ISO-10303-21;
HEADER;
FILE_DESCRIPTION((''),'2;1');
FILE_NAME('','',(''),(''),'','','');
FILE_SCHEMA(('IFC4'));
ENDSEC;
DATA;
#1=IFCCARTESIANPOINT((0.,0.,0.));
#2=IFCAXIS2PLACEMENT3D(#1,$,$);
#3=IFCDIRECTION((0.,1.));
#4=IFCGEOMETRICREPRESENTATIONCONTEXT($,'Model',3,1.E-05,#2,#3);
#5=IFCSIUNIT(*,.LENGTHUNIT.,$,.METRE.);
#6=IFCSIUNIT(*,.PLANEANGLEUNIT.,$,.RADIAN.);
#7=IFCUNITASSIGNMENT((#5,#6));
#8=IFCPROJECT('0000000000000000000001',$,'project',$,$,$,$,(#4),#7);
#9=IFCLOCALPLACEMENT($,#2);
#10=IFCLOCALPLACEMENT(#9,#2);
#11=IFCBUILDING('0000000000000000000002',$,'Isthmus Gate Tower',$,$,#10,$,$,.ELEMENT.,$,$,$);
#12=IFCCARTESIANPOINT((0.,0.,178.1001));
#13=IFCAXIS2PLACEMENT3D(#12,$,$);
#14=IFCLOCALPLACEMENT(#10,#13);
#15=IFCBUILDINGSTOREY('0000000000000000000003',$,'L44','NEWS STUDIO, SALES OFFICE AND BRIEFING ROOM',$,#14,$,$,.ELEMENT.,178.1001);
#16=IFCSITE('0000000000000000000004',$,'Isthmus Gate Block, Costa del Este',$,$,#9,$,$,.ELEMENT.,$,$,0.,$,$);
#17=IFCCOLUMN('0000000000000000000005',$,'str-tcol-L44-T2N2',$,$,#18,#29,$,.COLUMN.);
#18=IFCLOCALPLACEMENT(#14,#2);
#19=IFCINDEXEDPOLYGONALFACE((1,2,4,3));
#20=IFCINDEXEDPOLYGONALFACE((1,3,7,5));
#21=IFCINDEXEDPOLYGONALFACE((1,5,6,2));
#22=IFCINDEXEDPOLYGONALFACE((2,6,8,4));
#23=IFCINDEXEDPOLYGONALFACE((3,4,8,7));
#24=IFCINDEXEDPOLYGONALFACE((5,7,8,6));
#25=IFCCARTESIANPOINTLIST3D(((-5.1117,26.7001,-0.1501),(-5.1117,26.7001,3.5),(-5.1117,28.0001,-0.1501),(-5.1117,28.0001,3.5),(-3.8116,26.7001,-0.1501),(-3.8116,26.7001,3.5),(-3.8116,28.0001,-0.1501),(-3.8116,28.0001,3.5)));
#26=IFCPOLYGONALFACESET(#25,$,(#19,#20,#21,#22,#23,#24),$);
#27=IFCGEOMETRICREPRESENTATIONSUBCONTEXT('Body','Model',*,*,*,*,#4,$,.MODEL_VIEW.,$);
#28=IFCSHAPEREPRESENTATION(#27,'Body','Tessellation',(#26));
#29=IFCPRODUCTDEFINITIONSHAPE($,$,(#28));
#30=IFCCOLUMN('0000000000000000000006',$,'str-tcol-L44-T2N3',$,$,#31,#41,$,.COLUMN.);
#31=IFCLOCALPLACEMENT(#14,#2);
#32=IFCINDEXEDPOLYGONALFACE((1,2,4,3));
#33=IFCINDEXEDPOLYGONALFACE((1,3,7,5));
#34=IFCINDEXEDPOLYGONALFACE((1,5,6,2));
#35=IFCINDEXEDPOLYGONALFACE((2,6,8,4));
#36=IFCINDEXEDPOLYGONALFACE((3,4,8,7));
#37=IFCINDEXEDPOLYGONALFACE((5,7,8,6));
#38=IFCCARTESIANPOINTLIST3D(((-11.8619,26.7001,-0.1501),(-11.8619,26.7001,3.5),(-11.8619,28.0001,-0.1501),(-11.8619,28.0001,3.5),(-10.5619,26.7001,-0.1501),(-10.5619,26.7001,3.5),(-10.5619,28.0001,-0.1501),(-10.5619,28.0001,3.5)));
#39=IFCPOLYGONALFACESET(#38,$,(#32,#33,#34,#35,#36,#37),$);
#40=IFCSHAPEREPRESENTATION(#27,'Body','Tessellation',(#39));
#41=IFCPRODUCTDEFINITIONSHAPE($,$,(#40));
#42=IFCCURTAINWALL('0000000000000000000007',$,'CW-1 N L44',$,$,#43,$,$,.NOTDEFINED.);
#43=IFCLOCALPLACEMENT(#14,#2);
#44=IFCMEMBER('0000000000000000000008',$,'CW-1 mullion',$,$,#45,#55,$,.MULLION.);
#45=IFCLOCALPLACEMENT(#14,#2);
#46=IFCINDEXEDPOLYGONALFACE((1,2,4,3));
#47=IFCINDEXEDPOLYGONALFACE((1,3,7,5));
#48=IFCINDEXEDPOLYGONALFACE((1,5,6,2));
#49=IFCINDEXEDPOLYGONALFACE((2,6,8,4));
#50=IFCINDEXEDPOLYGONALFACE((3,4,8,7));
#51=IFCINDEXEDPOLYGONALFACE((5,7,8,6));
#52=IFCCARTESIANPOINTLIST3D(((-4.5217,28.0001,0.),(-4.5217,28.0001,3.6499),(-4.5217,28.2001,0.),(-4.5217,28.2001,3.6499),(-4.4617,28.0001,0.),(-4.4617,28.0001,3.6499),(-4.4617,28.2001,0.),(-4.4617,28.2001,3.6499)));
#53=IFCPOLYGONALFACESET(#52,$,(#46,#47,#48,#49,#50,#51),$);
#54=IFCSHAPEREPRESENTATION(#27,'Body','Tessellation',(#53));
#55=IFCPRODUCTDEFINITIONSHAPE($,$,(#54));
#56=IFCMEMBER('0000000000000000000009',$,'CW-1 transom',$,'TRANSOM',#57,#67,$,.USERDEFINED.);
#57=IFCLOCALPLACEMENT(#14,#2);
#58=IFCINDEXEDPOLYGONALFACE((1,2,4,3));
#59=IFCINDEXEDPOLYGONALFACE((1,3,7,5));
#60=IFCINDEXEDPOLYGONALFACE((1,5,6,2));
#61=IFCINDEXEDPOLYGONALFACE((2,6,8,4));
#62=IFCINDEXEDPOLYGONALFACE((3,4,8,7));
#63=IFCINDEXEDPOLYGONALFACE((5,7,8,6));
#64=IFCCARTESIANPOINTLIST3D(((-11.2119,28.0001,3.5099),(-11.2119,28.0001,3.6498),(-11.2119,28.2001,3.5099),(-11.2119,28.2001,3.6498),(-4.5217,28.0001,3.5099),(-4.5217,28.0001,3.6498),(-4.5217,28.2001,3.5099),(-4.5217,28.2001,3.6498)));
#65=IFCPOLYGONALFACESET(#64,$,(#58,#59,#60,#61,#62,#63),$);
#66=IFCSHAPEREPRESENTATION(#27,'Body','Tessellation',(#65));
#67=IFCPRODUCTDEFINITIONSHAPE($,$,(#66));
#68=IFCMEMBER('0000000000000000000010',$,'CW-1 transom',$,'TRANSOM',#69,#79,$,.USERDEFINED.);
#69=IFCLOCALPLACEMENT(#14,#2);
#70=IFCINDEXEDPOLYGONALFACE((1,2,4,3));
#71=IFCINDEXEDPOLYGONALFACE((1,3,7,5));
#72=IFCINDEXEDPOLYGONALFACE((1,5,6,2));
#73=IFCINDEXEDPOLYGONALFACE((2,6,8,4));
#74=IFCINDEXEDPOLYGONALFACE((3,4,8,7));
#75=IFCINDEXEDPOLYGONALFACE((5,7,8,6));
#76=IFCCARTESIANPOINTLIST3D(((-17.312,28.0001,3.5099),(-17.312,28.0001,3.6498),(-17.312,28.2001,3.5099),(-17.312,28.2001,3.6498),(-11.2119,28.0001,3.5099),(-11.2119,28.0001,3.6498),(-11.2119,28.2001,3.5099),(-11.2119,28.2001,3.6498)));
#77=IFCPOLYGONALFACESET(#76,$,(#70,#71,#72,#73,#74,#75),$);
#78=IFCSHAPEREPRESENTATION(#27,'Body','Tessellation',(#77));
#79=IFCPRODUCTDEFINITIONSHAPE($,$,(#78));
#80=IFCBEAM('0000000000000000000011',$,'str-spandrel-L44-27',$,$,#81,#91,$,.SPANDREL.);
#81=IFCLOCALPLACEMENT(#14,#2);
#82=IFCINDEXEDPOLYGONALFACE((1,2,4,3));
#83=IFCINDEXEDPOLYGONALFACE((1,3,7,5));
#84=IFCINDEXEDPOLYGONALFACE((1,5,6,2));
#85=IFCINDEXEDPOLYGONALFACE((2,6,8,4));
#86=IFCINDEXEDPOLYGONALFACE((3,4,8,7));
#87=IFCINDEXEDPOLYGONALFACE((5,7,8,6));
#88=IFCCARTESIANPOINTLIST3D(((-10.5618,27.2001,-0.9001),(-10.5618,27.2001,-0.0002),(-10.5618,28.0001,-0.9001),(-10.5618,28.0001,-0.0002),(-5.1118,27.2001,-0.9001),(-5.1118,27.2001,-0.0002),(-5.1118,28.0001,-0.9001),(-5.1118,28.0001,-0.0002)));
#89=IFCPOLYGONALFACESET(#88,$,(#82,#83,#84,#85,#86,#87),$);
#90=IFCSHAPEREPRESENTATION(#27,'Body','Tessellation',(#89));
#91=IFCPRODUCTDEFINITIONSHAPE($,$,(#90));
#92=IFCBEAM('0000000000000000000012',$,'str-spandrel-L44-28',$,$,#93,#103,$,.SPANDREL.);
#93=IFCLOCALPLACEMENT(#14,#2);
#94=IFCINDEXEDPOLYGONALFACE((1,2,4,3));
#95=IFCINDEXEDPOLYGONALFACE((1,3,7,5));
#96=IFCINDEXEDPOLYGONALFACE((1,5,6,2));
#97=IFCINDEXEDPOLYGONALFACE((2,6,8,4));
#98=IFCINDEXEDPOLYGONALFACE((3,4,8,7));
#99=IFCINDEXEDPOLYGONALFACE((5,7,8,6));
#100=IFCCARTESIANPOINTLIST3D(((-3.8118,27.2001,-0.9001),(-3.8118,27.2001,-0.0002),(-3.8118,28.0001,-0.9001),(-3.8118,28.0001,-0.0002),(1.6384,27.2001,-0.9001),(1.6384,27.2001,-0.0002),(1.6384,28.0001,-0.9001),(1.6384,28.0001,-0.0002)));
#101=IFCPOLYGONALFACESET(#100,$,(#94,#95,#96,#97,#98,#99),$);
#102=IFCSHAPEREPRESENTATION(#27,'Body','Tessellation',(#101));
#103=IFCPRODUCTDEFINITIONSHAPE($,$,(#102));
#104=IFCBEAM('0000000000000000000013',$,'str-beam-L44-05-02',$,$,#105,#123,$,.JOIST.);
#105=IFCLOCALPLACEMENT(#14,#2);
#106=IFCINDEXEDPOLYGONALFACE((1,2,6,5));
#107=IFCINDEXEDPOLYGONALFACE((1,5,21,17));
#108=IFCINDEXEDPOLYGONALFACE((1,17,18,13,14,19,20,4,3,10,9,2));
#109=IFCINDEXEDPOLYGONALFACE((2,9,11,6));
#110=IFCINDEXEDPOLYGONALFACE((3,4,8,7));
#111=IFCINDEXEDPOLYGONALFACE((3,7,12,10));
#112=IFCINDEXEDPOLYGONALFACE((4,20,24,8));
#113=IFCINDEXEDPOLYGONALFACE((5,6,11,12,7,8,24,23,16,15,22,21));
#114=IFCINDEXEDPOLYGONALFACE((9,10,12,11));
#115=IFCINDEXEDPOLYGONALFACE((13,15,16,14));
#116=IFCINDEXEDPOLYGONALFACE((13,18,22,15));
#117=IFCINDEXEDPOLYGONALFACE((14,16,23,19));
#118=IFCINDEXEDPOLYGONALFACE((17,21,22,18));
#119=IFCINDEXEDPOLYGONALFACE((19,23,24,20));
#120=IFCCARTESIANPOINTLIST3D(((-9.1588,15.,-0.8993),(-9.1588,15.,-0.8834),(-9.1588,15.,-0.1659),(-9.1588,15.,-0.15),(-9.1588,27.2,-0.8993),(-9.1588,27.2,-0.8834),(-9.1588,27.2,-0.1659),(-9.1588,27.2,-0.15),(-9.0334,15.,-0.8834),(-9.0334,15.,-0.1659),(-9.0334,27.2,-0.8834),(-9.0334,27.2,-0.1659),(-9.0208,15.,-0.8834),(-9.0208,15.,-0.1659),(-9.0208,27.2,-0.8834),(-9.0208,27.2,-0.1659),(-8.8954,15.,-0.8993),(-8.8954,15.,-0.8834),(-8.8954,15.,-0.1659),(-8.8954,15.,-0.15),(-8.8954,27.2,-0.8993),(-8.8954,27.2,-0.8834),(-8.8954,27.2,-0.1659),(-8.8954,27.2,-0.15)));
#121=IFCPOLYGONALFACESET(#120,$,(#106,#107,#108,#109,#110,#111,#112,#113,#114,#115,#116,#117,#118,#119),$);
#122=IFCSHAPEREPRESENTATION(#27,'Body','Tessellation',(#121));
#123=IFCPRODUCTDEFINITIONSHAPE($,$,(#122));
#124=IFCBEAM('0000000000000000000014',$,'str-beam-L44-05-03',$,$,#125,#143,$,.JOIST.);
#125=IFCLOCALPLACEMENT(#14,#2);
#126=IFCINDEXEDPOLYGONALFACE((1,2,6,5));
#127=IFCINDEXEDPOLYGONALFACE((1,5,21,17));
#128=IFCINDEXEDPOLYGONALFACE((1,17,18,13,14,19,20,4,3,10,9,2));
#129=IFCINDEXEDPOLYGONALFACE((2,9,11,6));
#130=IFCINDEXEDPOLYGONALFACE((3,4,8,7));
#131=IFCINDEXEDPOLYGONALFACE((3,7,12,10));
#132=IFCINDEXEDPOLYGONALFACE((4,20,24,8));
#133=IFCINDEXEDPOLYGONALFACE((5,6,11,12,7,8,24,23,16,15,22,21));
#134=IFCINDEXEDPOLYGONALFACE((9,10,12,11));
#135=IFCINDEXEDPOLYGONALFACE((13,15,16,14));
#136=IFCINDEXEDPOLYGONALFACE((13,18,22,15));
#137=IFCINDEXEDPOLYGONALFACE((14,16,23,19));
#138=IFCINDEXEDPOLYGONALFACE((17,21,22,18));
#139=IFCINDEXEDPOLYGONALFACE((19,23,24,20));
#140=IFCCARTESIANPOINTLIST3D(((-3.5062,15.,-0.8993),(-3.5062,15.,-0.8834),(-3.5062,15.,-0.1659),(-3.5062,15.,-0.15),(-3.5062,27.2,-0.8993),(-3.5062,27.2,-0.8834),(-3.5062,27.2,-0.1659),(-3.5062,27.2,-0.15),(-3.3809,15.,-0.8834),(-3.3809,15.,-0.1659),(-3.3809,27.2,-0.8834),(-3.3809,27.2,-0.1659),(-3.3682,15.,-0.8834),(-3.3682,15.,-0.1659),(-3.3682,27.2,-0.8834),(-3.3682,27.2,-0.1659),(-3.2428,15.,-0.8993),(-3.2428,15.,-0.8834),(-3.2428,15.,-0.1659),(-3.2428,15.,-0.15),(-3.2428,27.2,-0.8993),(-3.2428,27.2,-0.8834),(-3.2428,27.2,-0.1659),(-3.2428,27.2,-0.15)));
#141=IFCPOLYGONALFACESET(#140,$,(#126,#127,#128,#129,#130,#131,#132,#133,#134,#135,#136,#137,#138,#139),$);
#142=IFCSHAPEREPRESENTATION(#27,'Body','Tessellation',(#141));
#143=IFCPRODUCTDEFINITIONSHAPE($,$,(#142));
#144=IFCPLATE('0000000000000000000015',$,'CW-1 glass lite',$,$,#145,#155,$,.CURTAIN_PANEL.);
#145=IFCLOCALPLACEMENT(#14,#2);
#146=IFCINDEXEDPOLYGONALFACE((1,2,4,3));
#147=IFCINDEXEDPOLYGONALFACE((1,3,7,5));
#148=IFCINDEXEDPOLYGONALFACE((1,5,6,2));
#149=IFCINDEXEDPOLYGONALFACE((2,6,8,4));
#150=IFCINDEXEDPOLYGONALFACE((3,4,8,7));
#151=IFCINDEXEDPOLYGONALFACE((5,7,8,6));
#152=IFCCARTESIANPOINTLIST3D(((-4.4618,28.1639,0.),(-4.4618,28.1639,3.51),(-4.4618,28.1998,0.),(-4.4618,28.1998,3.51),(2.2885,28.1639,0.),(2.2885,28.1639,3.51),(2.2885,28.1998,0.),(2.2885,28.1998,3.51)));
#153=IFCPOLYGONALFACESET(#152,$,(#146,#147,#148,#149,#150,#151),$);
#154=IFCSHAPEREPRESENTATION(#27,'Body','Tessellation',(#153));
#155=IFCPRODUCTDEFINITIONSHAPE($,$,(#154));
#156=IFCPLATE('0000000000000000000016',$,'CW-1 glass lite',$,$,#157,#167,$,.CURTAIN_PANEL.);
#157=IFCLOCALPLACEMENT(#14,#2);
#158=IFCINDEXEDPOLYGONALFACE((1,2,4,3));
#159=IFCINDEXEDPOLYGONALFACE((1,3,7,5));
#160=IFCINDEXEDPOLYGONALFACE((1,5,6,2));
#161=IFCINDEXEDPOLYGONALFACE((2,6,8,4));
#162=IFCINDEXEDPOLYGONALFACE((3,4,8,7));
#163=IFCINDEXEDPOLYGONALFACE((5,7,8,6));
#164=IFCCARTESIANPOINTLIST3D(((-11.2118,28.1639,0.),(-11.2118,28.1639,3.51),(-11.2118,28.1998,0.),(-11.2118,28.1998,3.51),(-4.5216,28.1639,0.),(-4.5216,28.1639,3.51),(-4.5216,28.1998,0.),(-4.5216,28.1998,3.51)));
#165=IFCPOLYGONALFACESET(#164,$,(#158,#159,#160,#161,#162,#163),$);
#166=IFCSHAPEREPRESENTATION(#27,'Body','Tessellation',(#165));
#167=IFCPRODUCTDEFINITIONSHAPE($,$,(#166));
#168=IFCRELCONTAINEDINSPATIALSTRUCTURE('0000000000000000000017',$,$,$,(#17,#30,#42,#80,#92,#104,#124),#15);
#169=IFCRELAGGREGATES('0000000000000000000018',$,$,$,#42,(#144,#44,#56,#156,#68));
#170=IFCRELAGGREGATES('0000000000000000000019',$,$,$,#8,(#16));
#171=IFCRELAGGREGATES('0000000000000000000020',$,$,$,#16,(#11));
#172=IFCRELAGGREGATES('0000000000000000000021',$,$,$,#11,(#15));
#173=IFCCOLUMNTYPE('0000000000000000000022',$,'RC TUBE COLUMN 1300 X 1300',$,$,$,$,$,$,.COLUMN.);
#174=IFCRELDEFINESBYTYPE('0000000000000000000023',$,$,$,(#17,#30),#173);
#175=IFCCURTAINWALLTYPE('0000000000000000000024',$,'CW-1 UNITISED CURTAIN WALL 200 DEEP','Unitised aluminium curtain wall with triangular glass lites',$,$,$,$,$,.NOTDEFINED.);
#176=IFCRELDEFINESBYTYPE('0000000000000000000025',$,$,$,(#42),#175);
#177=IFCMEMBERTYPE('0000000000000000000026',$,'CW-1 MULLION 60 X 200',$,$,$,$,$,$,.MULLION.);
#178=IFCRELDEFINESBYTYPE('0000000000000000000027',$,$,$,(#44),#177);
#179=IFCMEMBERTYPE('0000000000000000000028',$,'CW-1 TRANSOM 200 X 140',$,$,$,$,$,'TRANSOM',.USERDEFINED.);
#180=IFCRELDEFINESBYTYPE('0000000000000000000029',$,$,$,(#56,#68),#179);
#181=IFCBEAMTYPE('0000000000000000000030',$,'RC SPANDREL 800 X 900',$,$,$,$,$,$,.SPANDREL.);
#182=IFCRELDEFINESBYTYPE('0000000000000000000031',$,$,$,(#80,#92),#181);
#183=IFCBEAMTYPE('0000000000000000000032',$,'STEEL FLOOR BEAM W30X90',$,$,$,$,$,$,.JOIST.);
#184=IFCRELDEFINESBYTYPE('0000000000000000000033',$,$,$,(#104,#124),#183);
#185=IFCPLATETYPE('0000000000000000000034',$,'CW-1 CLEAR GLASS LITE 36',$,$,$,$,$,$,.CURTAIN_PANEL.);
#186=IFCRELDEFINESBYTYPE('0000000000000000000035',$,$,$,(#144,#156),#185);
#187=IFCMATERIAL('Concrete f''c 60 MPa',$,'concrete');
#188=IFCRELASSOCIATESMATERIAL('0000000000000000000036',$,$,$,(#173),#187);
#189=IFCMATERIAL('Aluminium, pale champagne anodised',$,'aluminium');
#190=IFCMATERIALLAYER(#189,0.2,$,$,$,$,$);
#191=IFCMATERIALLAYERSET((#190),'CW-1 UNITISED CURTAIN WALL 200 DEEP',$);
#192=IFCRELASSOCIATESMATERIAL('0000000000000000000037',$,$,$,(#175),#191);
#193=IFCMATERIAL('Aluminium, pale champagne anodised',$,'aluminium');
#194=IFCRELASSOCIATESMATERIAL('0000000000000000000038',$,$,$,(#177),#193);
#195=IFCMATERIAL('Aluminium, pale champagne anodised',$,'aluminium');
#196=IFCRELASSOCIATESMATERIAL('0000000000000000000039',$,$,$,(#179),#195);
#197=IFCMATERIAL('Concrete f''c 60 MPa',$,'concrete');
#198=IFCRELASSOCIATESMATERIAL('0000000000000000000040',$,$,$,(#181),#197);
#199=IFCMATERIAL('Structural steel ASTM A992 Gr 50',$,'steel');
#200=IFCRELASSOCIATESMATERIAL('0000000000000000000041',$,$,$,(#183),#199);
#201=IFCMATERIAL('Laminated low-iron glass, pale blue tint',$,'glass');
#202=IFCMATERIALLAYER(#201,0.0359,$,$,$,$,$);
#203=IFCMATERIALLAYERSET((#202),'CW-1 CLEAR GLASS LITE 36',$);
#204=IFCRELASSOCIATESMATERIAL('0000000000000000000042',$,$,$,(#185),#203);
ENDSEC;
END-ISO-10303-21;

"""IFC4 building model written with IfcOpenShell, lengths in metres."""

from ifc_helpers import new_model, si_unit, direction, frame, origin, origin_2d, place, context, subcontext, project, spatial, rectangle, i_section, extrude, material, layer, layer_set, material_profile, profile_set, type_object, element, aggregate, save


model = new_model("IFC4")

# Units and contexts
model_context = context("Model", 3, precision=1e-05, world=origin(), true_north=direction((0.0, 1.0)))
body_context = subcontext(model_context, "Body", "Model", "MODEL_VIEW")
ifc_project = project(units=[si_unit("LENGTHUNIT", "METRE"), si_unit("PLANEANGLEUNIT", "RADIAN")], contexts=[model_context])

# Site, building, storey
site_placement = place(None, origin())
site = spatial("IfcSite", under=ifc_project, at=site_placement, Name="Isthmus Gate Block, Costa del Este", CompositionType="ELEMENT", RefElevation=0.0)
building_placement = place(site_placement, origin())
building = spatial("IfcBuilding", under=site, at=building_placement, Name="Isthmus Gate Tower", CompositionType="ELEMENT")
storey_placement = place(building_placement, frame((0.0, 0.0, 178.1001)))
storey = spatial("IfcBuildingStorey", under=building, at=storey_placement, Name="L44", Description="NEWS STUDIO, SALES OFFICE AND BRIEFING ROOM", CompositionType="ELEMENT", Elevation=178.1001)

# Columns
ifc_material_1 = material(Name="Concrete f'c 60 MPa", Category="concrete")
ifc_material_profile_1 = material_profile(ifc_material_1, rectangle(XDim=1.3, YDim=1.3, at=origin_2d()), Name="RC 1300X1300")
ifc_profile_set_1 = profile_set([ifc_material_profile_1], Name="Concrete f'c 60 MPa")
column_type = type_object("IfcColumnType", Name="RC TUBE COLUMN 1300 X 1300", PredefinedType="COLUMN", material=ifc_profile_set_1)
for number, where, z_axis, x_axis, name in (
    (1, (-4.4617, 27.3501, -0.1501), (0.0, 0.0, 1.0), (-1.0, 0.0, 0.0), "str-tcol-L44-T2N2"),
    (2, (-11.2119, 27.3501, -0.1501), (0.0, 0.0, 1.0), (-1.0, 0.0, 0.0), "str-tcol-L44-T2N3"),
):
    element("IfcColumn", number, at=place(storey_placement, frame(where, z_axis=z_axis, x_axis=x_axis)), inside=storey, type_object=column_type, Name=name, PredefinedType="COLUMN", context=body_context, shape_type="SweptSolid", body=[
        extrude(rectangle(XDim=1.3, YDim=1.3, at=origin_2d()), origin(), (0.0, 0.0, 1.0), 3.6501),
    ])

# Curtain wall, members
ifc_material_2 = material(Name="Aluminium, pale champagne anodised", Category="aluminium")
ifc_layer_1 = layer(ifc_material_2, 0.2)
ifc_layer_set_1 = layer_set([ifc_layer_1], Name="CW-1 UNITISED CURTAIN WALL 200 DEEP")
curtain_wall_type = type_object("IfcCurtainWallType", Name="CW-1 UNITISED CURTAIN WALL 200 DEEP", Description="Unitised aluminium curtain wall with triangular glass lites", PredefinedType="NOTDEFINED", material=ifc_layer_set_1)
curtain_wall_placement = place(storey_placement, origin())
curtain_wall = element("IfcCurtainWall", 3, at=curtain_wall_placement, inside=storey, type_object=curtain_wall_type, Name="CW-1 N L44", PredefinedType="NOTDEFINED")
ifc_material_3 = material(Name="Aluminium, pale champagne anodised", Category="aluminium")
ifc_material_profile_2 = material_profile(ifc_material_3, rectangle(XDim=0.0601, YDim=0.2, at=origin_2d()), Name="60x200")
ifc_profile_set_2 = profile_set([ifc_material_profile_2], Name="Aluminium, pale champagne anodised")
member_type_1 = type_object("IfcMemberType", Name="CW-1 MULLION 60 X 200", PredefinedType="MULLION", material=ifc_profile_set_2)
member_1_placement = place(storey_placement, frame((-4.4917, 28.1001, 0.0), z_axis=(0.0, 0.0, 1.0), x_axis=(-1.0, 0.0, 0.0)))
member_1 = element("IfcMember", 4, at=member_1_placement, type_object=member_type_1, Name="CW-1 mullion", PredefinedType="MULLION", context=body_context, shape_type="SweptSolid", body=[
    extrude(rectangle(XDim=0.0601, YDim=0.2, at=origin_2d()), origin(), (0.0, 0.0, 1.0), 3.6499),
])
ifc_material_4 = material(Name="Aluminium, pale champagne anodised", Category="aluminium")
ifc_material_profile_3 = material_profile(ifc_material_4, rectangle(XDim=0.2, YDim=0.1399, at=origin_2d()), Name="200x140")
ifc_profile_set_3 = profile_set([ifc_material_profile_3], Name="Aluminium, pale champagne anodised")
member_type_2 = type_object("IfcMemberType", Name="CW-1 TRANSOM 200 X 140", ElementType="TRANSOM", PredefinedType="USERDEFINED", material=ifc_profile_set_3)
member_2_placement = place(storey_placement, frame((-4.5217, 28.1001, 3.5798), z_axis=(-1.0, 0.0, 0.0), x_axis=(0.0, -1.0, 0.0)))
member_2 = element("IfcMember", 5, at=member_2_placement, type_object=member_type_2, Name="CW-1 transom", ObjectType="TRANSOM", PredefinedType="USERDEFINED", context=body_context, shape_type="SweptSolid", body=[
    extrude(rectangle(XDim=0.2, YDim=0.1399, at=origin_2d()), origin(), (0.0, 0.0, 1.0), 6.6902),
])
member_3_placement = place(storey_placement, frame((-11.2119, 28.1001, 3.5798), z_axis=(-1.0, 0.0, 0.0), x_axis=(0.0, -1.0, 0.0)))
member_3 = element("IfcMember", 6, at=member_3_placement, type_object=member_type_2, Name="CW-1 transom", ObjectType="TRANSOM", PredefinedType="USERDEFINED", context=body_context, shape_type="SweptSolid", body=[
    extrude(rectangle(XDim=0.2, YDim=0.1399, at=origin_2d()), origin(), (0.0, 0.0, 1.0), 6.1001),
])

# Beams
ifc_material_5 = material(Name="Concrete f'c 60 MPa", Category="concrete")
ifc_material_profile_4 = material_profile(ifc_material_5, rectangle(XDim=0.8, YDim=0.8999, at=origin_2d()), Name="RC 800X900")
ifc_profile_set_4 = profile_set([ifc_material_profile_4], Name="Concrete f'c 60 MPa")
beam_type_1 = type_object("IfcBeamType", Name="RC SPANDREL 800 X 900", PredefinedType="SPANDREL", material=ifc_profile_set_4)
beam_1_placement = place(storey_placement, frame((-10.5618, 27.6001, -0.4502), z_axis=(1.0, 0.0, 0.0), x_axis=(0.0, 1.0, 0.0)))
element("IfcBeam", 7, at=beam_1_placement, inside=storey, type_object=beam_type_1, Name="str-spandrel-L44-27", PredefinedType="SPANDREL", context=body_context, shape_type="SweptSolid", body=[
    extrude(rectangle(XDim=0.8, YDim=0.8999, at=origin_2d()), origin(), (0.0, 0.0, 1.0), 5.45),
])
beam_2_placement = place(storey_placement, frame((-3.8118, 27.6001, -0.4502), z_axis=(1.0, 0.0, 0.0), x_axis=(0.0, 1.0, 0.0)))
element("IfcBeam", 8, at=beam_2_placement, inside=storey, type_object=beam_type_1, Name="str-spandrel-L44-28", PredefinedType="SPANDREL", context=body_context, shape_type="SweptSolid", body=[
    extrude(rectangle(XDim=0.8, YDim=0.8999, at=origin_2d()), origin(), (0.0, 0.0, 1.0), 5.4502),
])
ifc_material_6 = material(Name="Structural steel ASTM A992 Gr 50", Category="steel")
ifc_material_profile_5 = material_profile(ifc_material_6, i_section(OverallWidth=0.2634, OverallDepth=0.7493, WebThickness=0.0127, FlangeThickness=0.0159, at=origin_2d()), Name="W30X90")
ifc_profile_set_5 = profile_set([ifc_material_profile_5], Name="Structural steel ASTM A992 Gr 50")
beam_type_2 = type_object("IfcBeamType", Name="STEEL FLOOR BEAM W30X90", PredefinedType="JOIST", material=ifc_profile_set_5)
for number, where, z_axis, x_axis, name in (
    (9, (-9.0271, 15.0, -0.5247), (0.0, 1.0, 0.0), (-1.0, 0.0, 0.0), "str-beam-L44-05-02"),
    (10, (-3.3745, 15.0, -0.5247), (0.0, 1.0, 0.0), (-1.0, 0.0, 0.0), "str-beam-L44-05-03"),
):
    element("IfcBeam", number, at=place(storey_placement, frame(where, z_axis=z_axis, x_axis=x_axis)), inside=storey, type_object=beam_type_2, Name=name, PredefinedType="JOIST", context=body_context, shape_type="SweptSolid", body=[
        extrude(i_section(OverallWidth=0.2634, OverallDepth=0.7493, WebThickness=0.0127, FlangeThickness=0.0159, at=origin_2d()), origin(), (0.0, 0.0, 1.0), 12.2),
    ])

# Plates
ifc_material_7 = material(Name="Laminated low-iron glass, pale blue tint", Category="glass")
ifc_layer_2 = layer(ifc_material_7, 0.0359)
ifc_layer_set_2 = layer_set([ifc_layer_2], Name="CW-1 CLEAR GLASS LITE 36")
plate_type = type_object("IfcPlateType", Name="CW-1 CLEAR GLASS LITE 36", PredefinedType="CURTAIN_PANEL", material=ifc_layer_set_2)
plate_1_placement = place(storey_placement, frame((-1.0867, 28.1819, 0.0), z_axis=(0.0, 0.0, 1.0), x_axis=(-1.0, 0.0, 0.0)))
plate_1 = element("IfcPlate", 11, at=plate_1_placement, type_object=plate_type, Name="CW-1 glass lite", PredefinedType="CURTAIN_PANEL", context=body_context, shape_type="SweptSolid", body=[
    extrude(rectangle(XDim=6.7502, YDim=0.0359, at=origin_2d()), origin(), (0.0, 0.0, 1.0), 3.51),
])
plate_2_placement = place(storey_placement, frame((-7.8667, 28.1819, 0.0), z_axis=(0.0, 0.0, 1.0), x_axis=(-1.0, 0.0, 0.0)))
plate_2 = element("IfcPlate", 12, at=plate_2_placement, type_object=plate_type, Name="CW-1 glass lite", PredefinedType="CURTAIN_PANEL", context=body_context, shape_type="SweptSolid", body=[
    extrude(rectangle(XDim=6.6902, YDim=0.0359, at=origin_2d()), origin(), (0.0, 0.0, 1.0), 3.51),
])
aggregate(curtain_wall, [plate_1, member_1, member_2, plate_2, member_3])

save(model, "model.ifc")
